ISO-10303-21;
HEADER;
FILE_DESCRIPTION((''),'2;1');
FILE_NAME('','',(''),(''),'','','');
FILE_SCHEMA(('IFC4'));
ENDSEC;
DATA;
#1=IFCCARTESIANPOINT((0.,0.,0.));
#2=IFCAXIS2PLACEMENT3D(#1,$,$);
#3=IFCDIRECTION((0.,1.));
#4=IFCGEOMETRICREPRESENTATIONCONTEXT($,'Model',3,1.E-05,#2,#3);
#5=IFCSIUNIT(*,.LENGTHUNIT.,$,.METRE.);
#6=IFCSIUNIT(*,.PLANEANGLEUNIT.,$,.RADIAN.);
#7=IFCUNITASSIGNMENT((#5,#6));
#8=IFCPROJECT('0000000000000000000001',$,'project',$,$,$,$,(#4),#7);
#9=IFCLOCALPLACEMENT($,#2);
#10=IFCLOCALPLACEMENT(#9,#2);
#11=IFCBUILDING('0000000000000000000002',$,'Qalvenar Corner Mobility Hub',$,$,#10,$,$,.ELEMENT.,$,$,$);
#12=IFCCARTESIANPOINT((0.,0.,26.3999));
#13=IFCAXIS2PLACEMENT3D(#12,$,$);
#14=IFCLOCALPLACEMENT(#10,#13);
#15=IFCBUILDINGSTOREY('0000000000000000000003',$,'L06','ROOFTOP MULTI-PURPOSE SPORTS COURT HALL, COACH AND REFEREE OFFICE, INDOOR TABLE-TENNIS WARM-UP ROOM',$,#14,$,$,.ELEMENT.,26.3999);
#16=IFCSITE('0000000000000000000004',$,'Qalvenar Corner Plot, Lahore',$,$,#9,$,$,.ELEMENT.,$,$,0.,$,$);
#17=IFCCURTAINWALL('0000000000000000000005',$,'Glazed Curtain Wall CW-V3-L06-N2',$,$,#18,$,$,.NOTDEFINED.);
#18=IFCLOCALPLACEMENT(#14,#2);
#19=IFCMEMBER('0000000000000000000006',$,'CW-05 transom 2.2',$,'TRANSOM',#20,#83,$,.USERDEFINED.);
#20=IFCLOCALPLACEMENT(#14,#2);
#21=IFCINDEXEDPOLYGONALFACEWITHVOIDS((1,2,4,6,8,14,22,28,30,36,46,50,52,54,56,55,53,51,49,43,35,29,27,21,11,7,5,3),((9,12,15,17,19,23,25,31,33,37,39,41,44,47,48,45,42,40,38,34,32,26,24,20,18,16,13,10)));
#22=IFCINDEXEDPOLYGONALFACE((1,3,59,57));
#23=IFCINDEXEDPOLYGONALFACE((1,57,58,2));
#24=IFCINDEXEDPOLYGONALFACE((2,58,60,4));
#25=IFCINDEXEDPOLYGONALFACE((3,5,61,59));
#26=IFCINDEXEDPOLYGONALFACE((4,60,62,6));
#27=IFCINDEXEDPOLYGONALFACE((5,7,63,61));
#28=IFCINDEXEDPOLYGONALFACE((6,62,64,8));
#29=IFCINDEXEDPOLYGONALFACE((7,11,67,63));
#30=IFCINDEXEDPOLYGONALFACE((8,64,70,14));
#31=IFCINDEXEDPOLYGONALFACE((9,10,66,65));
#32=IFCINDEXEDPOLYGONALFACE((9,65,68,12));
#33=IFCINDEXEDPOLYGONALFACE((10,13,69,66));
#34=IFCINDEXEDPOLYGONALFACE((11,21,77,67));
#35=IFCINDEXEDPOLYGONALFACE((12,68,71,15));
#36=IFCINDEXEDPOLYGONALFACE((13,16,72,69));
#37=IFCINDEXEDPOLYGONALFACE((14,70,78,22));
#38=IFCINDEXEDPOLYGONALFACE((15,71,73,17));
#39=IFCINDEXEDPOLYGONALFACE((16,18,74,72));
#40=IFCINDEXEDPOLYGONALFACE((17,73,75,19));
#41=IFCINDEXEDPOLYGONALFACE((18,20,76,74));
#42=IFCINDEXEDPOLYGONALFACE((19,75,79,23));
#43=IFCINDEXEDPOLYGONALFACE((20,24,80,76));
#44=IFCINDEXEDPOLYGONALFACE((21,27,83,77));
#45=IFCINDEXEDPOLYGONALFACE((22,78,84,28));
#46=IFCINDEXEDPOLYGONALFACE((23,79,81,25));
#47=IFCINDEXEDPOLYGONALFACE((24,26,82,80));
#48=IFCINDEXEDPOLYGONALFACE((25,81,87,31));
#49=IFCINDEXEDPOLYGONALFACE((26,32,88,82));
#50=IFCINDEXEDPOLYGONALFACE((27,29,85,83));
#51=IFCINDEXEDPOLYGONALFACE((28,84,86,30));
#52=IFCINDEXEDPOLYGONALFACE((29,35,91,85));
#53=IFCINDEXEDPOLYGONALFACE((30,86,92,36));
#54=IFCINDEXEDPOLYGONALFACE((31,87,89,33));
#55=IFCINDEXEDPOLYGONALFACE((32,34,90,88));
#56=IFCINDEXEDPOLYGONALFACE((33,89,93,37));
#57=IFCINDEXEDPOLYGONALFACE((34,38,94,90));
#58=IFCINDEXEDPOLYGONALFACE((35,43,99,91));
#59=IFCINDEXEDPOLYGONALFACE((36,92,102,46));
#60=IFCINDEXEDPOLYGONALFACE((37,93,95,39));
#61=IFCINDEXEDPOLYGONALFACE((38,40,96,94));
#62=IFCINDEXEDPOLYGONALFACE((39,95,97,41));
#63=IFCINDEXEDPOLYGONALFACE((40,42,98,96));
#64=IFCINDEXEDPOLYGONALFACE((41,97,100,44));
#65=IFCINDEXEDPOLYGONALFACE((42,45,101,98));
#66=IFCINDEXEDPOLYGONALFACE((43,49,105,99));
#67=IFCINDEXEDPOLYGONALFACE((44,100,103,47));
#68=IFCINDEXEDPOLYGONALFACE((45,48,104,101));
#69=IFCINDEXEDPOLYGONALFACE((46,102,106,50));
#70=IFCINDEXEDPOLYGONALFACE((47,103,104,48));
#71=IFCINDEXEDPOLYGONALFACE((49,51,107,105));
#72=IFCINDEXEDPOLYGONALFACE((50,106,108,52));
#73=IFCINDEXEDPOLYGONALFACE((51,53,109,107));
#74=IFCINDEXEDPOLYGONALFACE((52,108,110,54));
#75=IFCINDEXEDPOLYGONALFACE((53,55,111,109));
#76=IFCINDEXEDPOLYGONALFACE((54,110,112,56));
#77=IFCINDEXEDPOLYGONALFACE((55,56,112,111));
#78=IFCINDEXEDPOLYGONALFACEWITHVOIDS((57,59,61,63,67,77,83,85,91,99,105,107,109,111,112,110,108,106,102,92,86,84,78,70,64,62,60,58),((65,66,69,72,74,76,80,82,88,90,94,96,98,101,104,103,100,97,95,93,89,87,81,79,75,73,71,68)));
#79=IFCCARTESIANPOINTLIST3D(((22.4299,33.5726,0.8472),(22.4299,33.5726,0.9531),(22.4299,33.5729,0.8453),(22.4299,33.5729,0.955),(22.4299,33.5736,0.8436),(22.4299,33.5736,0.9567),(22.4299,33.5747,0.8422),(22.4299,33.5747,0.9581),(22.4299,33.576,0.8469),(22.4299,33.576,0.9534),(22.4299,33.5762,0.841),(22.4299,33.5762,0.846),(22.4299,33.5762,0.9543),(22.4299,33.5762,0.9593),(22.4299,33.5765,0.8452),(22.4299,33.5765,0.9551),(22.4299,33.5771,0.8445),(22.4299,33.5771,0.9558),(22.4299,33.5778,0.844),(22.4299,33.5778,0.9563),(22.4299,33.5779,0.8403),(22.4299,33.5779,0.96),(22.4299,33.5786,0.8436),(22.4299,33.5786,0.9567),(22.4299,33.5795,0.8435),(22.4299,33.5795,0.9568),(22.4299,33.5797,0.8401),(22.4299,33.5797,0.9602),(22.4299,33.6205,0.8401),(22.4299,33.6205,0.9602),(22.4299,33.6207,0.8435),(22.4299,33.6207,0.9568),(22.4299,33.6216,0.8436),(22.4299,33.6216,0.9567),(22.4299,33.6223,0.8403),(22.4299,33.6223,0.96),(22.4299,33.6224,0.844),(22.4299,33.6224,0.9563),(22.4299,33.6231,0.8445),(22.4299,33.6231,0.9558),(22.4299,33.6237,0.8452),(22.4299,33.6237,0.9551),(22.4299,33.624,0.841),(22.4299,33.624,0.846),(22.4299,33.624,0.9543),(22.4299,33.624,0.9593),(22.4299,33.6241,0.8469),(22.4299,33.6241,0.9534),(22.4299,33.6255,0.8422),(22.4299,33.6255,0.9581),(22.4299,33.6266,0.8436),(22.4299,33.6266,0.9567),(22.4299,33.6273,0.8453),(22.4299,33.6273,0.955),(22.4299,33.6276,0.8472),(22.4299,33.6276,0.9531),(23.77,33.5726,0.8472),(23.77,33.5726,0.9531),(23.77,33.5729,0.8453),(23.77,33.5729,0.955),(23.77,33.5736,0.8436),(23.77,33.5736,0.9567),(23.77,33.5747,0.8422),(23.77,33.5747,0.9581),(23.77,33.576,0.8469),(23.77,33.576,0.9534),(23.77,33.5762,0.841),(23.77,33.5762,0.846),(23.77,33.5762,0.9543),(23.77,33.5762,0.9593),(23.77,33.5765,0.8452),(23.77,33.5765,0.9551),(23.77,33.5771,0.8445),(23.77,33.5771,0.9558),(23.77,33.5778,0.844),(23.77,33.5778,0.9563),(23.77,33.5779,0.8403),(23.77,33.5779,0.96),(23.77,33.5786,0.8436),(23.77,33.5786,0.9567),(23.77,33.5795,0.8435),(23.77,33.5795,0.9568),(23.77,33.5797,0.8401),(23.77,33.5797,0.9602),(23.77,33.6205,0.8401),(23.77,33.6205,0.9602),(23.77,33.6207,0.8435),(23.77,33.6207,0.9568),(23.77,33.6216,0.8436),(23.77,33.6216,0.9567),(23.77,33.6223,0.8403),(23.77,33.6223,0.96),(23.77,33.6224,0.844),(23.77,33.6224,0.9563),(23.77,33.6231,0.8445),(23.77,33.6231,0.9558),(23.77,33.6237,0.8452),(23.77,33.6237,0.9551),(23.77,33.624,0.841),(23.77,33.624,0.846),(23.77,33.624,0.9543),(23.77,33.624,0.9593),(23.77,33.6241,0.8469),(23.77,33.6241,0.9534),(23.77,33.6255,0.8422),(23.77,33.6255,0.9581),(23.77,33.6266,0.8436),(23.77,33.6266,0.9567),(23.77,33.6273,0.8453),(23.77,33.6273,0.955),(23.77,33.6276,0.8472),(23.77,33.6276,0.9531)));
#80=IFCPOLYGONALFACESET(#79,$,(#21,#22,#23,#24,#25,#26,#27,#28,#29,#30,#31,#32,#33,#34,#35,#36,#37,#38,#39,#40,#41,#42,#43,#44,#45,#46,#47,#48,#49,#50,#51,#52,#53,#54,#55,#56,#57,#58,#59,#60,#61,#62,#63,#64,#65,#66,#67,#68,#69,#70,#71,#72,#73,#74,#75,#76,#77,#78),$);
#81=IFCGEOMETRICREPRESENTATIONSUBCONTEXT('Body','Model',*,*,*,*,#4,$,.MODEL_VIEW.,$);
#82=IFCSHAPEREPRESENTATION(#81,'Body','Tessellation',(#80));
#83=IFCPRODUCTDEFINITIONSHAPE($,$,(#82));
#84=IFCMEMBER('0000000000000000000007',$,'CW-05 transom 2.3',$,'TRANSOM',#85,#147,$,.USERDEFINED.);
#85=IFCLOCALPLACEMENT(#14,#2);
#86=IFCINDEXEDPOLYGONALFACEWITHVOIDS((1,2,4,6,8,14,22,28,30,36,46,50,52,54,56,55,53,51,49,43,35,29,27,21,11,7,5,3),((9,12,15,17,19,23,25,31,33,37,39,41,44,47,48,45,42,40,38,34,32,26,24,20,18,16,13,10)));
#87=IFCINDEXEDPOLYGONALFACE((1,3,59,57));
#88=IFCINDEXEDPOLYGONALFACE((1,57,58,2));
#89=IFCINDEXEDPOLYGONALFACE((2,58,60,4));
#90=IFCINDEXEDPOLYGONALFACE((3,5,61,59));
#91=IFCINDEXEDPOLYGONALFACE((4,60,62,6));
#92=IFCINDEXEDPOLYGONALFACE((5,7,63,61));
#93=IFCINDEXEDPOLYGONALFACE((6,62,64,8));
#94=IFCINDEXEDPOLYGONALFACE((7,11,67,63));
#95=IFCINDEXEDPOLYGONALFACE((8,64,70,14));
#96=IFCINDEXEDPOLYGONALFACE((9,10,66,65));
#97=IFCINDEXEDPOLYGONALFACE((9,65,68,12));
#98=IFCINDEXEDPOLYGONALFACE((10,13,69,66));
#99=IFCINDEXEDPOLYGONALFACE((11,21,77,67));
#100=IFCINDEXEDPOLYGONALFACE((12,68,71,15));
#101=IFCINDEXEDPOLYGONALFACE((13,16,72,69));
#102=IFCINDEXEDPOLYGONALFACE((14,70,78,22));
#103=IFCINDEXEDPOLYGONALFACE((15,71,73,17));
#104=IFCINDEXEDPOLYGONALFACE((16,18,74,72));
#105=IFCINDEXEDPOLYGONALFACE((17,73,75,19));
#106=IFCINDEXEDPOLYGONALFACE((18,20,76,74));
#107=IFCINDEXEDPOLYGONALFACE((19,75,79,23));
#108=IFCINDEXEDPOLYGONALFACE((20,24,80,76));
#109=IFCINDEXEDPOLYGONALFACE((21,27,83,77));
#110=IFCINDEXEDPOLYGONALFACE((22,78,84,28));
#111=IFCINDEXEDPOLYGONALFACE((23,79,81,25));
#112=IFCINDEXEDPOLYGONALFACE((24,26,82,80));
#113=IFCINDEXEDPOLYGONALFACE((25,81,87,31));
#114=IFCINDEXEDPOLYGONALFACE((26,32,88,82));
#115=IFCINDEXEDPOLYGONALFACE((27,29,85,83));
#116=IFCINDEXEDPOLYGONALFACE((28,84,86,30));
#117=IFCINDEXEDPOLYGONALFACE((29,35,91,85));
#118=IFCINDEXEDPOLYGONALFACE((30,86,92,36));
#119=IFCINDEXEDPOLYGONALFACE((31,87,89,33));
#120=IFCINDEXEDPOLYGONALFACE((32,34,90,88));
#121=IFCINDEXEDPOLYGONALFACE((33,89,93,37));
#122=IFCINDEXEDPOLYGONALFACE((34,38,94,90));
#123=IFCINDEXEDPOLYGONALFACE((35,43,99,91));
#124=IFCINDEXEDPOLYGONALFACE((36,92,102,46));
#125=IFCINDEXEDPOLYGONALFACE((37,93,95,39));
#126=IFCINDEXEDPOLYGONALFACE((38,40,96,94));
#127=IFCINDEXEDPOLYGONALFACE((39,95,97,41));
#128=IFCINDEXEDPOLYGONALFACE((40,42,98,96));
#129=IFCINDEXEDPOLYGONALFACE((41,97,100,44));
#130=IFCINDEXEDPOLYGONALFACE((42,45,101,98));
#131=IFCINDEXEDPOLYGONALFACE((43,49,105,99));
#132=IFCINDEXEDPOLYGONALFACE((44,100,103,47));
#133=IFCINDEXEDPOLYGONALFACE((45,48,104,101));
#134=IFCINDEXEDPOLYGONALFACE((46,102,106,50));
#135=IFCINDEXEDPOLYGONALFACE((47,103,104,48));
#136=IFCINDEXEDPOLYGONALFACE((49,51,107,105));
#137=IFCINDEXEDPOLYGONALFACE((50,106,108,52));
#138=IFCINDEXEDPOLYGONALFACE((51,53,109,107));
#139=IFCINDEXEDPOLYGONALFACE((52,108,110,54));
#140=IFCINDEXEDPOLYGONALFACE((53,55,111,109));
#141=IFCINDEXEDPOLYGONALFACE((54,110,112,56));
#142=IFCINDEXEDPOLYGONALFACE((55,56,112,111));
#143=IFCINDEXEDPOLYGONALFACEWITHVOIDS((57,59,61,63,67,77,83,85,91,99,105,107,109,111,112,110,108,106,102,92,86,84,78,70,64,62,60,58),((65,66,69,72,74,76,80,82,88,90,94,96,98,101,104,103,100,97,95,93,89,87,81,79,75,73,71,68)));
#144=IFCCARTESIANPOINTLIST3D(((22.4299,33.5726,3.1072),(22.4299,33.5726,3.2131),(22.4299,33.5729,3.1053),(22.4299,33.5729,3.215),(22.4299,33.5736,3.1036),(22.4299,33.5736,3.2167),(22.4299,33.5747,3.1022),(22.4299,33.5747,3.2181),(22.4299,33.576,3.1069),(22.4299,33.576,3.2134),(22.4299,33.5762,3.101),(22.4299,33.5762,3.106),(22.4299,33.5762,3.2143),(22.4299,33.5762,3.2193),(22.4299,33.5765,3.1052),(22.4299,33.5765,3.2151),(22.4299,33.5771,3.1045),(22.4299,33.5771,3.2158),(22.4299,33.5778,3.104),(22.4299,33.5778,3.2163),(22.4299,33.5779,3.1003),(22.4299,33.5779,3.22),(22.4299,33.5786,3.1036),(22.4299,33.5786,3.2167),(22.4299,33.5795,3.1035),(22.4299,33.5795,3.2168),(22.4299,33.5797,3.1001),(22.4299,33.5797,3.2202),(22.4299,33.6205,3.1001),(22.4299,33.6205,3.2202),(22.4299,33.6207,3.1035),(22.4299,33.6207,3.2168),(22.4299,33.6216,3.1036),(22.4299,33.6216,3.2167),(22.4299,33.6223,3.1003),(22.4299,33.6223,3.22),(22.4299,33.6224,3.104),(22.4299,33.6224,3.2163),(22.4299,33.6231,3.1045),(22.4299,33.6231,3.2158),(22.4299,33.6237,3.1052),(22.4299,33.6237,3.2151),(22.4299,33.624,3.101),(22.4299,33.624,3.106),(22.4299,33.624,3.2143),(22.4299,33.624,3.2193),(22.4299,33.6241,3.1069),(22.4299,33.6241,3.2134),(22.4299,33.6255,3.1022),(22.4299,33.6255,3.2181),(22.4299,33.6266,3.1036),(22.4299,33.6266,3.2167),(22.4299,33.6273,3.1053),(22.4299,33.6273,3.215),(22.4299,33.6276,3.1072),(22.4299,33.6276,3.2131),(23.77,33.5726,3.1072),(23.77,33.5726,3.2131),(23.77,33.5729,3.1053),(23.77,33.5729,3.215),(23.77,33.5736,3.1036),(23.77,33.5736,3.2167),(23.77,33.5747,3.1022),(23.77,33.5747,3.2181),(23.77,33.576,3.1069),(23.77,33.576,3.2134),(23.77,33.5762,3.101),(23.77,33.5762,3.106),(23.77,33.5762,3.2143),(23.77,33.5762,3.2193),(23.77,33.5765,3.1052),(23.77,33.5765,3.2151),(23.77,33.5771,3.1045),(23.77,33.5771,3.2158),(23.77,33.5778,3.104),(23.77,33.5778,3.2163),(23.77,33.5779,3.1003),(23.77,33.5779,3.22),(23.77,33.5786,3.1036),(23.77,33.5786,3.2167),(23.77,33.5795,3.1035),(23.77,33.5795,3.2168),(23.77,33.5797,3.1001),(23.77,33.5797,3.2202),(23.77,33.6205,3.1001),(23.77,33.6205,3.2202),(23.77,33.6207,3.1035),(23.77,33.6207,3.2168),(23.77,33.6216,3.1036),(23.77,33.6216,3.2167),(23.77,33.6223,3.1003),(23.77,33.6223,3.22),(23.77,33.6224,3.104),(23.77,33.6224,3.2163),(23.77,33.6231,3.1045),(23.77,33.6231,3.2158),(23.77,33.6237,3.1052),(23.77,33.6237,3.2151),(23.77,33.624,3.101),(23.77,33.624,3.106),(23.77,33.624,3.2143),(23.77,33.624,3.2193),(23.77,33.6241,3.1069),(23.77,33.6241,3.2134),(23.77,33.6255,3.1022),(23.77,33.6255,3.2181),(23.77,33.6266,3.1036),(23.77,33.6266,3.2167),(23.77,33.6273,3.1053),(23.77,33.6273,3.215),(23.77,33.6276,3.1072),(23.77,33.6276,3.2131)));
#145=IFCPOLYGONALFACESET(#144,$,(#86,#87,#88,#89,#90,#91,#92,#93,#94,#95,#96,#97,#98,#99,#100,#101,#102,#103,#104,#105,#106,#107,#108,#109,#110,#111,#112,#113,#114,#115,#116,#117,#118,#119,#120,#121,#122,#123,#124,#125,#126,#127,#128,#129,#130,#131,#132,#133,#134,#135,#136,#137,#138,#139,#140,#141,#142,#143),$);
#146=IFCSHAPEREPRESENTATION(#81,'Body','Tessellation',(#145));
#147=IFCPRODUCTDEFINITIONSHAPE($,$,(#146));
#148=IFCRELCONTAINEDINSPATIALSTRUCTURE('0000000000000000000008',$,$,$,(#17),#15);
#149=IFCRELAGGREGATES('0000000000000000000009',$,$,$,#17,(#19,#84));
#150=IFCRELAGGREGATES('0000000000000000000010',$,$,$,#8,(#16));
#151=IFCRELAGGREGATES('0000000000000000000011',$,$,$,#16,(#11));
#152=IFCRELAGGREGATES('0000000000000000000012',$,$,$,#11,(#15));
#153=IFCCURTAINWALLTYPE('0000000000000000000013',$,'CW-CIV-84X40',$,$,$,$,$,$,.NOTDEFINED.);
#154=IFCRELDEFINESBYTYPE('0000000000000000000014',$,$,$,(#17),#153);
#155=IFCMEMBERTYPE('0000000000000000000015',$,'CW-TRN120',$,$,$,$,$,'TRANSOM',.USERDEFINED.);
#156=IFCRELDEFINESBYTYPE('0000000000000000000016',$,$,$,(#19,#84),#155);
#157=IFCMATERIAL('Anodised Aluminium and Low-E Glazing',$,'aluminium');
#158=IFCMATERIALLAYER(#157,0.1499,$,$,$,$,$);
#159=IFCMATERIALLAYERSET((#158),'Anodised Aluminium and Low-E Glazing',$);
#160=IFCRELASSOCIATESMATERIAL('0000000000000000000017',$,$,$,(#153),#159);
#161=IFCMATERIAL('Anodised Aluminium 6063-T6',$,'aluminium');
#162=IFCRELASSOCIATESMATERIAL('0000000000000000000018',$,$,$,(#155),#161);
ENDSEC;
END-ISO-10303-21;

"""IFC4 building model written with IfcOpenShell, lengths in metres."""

from ifc_helpers import new_model, si_unit, direction, frame, origin, origin_2d, place, context, subcontext, project, spatial, hollow_rectangle, extrude, material, layer, layer_set, material_profile, profile_set, type_object, element, aggregate, save


model = new_model("IFC4")

# Units and contexts
model_context = context("Model", 3, precision=1e-05, world=origin(), true_north=direction((0.0, 1.0)))
body_context = subcontext(model_context, "Body", "Model", "MODEL_VIEW")
ifc_project = project(units=[si_unit("LENGTHUNIT", "METRE"), si_unit("PLANEANGLEUNIT", "RADIAN")], contexts=[model_context])

# Site, building, storey
site_placement = place(None, origin())
site = spatial("IfcSite", under=ifc_project, at=site_placement, Name="Qalvenar Corner Plot, Lahore", CompositionType="ELEMENT", RefElevation=0.0)
building_placement = place(site_placement, origin())
building = spatial("IfcBuilding", under=site, at=building_placement, Name="Qalvenar Corner Mobility Hub", CompositionType="ELEMENT")
storey_placement = place(building_placement, frame((0.0, 0.0, 26.3999)))
storey = spatial("IfcBuildingStorey", under=building, at=storey_placement, Name="L06", Description="ROOFTOP MULTI-PURPOSE SPORTS COURT HALL, COACH AND REFEREE OFFICE, INDOOR TABLE-TENNIS WARM-UP ROOM", CompositionType="ELEMENT", Elevation=26.3999)

# Curtain wall, members
ifc_material_1 = material(Name="Anodised Aluminium and Low-E Glazing", Category="aluminium")
ifc_layer_1 = layer(ifc_material_1, 0.1499)
ifc_layer_set_1 = layer_set([ifc_layer_1], Name="Anodised Aluminium and Low-E Glazing")
curtain_wall_type = type_object("IfcCurtainWallType", Name="CW-CIV-84X40", PredefinedType="NOTDEFINED", material=ifc_layer_set_1)
curtain_wall_placement = place(storey_placement, origin())
curtain_wall = element("IfcCurtainWall", 1, at=curtain_wall_placement, inside=storey, type_object=curtain_wall_type, Name="Glazed Curtain Wall CW-V3-L06-N2", PredefinedType="NOTDEFINED")
ifc_material_2 = material(Name="Anodised Aluminium 6063-T6", Category="aluminium")
ifc_material_profile_1 = material_profile(ifc_material_2, hollow_rectangle(XDim=0.0549, YDim=0.1201, WallThickness=0.0034, InnerFilletRadius=0.0034, OuterFilletRadius=0.0071, at=origin_2d()), Name="RHS120x55x3.5")
ifc_profile_set_1 = profile_set([ifc_material_profile_1], Name="Anodised Aluminium 6063-T6")
member_type_1 = type_object("IfcMemberType", Name="CW-TRN120", ElementType="TRANSOM", PredefinedType="USERDEFINED", material=ifc_profile_set_1)
member_1_placement = place(storey_placement, frame((23.77, 33.6001, 0.9001), z_axis=(-1.0, 0.0, 0.0), x_axis=(0.0, -1.0, 0.0)))
member_1 = element("IfcMember", 2, at=member_1_placement, type_object=member_type_1, Name="CW-05 transom 2.2", ObjectType="TRANSOM", PredefinedType="USERDEFINED", context=body_context, shape_type="SweptSolid", body=[
    extrude(hollow_rectangle(XDim=0.0549, YDim=0.1201, WallThickness=0.0034, InnerFilletRadius=0.0034, OuterFilletRadius=0.0071, at=origin_2d()), origin(), (0.0, 0.0, 1.0), 1.3401),
])
member_2_placement = place(storey_placement, frame((23.77, 33.6001, 3.1602), z_axis=(-1.0, 0.0, 0.0), x_axis=(0.0, -1.0, 0.0)))
member_2 = element("IfcMember", 3, at=member_2_placement, type_object=member_type_1, Name="CW-05 transom 2.3", ObjectType="TRANSOM", PredefinedType="USERDEFINED", context=body_context, shape_type="SweptSolid", body=[
    extrude(hollow_rectangle(XDim=0.0549, YDim=0.1201, WallThickness=0.0034, InnerFilletRadius=0.0034, OuterFilletRadius=0.0071, at=origin_2d()), origin(), (0.0, 0.0, 1.0), 1.3401),
])

aggregate(curtain_wall, [member_1, member_2])

save(model, "model.ifc")
